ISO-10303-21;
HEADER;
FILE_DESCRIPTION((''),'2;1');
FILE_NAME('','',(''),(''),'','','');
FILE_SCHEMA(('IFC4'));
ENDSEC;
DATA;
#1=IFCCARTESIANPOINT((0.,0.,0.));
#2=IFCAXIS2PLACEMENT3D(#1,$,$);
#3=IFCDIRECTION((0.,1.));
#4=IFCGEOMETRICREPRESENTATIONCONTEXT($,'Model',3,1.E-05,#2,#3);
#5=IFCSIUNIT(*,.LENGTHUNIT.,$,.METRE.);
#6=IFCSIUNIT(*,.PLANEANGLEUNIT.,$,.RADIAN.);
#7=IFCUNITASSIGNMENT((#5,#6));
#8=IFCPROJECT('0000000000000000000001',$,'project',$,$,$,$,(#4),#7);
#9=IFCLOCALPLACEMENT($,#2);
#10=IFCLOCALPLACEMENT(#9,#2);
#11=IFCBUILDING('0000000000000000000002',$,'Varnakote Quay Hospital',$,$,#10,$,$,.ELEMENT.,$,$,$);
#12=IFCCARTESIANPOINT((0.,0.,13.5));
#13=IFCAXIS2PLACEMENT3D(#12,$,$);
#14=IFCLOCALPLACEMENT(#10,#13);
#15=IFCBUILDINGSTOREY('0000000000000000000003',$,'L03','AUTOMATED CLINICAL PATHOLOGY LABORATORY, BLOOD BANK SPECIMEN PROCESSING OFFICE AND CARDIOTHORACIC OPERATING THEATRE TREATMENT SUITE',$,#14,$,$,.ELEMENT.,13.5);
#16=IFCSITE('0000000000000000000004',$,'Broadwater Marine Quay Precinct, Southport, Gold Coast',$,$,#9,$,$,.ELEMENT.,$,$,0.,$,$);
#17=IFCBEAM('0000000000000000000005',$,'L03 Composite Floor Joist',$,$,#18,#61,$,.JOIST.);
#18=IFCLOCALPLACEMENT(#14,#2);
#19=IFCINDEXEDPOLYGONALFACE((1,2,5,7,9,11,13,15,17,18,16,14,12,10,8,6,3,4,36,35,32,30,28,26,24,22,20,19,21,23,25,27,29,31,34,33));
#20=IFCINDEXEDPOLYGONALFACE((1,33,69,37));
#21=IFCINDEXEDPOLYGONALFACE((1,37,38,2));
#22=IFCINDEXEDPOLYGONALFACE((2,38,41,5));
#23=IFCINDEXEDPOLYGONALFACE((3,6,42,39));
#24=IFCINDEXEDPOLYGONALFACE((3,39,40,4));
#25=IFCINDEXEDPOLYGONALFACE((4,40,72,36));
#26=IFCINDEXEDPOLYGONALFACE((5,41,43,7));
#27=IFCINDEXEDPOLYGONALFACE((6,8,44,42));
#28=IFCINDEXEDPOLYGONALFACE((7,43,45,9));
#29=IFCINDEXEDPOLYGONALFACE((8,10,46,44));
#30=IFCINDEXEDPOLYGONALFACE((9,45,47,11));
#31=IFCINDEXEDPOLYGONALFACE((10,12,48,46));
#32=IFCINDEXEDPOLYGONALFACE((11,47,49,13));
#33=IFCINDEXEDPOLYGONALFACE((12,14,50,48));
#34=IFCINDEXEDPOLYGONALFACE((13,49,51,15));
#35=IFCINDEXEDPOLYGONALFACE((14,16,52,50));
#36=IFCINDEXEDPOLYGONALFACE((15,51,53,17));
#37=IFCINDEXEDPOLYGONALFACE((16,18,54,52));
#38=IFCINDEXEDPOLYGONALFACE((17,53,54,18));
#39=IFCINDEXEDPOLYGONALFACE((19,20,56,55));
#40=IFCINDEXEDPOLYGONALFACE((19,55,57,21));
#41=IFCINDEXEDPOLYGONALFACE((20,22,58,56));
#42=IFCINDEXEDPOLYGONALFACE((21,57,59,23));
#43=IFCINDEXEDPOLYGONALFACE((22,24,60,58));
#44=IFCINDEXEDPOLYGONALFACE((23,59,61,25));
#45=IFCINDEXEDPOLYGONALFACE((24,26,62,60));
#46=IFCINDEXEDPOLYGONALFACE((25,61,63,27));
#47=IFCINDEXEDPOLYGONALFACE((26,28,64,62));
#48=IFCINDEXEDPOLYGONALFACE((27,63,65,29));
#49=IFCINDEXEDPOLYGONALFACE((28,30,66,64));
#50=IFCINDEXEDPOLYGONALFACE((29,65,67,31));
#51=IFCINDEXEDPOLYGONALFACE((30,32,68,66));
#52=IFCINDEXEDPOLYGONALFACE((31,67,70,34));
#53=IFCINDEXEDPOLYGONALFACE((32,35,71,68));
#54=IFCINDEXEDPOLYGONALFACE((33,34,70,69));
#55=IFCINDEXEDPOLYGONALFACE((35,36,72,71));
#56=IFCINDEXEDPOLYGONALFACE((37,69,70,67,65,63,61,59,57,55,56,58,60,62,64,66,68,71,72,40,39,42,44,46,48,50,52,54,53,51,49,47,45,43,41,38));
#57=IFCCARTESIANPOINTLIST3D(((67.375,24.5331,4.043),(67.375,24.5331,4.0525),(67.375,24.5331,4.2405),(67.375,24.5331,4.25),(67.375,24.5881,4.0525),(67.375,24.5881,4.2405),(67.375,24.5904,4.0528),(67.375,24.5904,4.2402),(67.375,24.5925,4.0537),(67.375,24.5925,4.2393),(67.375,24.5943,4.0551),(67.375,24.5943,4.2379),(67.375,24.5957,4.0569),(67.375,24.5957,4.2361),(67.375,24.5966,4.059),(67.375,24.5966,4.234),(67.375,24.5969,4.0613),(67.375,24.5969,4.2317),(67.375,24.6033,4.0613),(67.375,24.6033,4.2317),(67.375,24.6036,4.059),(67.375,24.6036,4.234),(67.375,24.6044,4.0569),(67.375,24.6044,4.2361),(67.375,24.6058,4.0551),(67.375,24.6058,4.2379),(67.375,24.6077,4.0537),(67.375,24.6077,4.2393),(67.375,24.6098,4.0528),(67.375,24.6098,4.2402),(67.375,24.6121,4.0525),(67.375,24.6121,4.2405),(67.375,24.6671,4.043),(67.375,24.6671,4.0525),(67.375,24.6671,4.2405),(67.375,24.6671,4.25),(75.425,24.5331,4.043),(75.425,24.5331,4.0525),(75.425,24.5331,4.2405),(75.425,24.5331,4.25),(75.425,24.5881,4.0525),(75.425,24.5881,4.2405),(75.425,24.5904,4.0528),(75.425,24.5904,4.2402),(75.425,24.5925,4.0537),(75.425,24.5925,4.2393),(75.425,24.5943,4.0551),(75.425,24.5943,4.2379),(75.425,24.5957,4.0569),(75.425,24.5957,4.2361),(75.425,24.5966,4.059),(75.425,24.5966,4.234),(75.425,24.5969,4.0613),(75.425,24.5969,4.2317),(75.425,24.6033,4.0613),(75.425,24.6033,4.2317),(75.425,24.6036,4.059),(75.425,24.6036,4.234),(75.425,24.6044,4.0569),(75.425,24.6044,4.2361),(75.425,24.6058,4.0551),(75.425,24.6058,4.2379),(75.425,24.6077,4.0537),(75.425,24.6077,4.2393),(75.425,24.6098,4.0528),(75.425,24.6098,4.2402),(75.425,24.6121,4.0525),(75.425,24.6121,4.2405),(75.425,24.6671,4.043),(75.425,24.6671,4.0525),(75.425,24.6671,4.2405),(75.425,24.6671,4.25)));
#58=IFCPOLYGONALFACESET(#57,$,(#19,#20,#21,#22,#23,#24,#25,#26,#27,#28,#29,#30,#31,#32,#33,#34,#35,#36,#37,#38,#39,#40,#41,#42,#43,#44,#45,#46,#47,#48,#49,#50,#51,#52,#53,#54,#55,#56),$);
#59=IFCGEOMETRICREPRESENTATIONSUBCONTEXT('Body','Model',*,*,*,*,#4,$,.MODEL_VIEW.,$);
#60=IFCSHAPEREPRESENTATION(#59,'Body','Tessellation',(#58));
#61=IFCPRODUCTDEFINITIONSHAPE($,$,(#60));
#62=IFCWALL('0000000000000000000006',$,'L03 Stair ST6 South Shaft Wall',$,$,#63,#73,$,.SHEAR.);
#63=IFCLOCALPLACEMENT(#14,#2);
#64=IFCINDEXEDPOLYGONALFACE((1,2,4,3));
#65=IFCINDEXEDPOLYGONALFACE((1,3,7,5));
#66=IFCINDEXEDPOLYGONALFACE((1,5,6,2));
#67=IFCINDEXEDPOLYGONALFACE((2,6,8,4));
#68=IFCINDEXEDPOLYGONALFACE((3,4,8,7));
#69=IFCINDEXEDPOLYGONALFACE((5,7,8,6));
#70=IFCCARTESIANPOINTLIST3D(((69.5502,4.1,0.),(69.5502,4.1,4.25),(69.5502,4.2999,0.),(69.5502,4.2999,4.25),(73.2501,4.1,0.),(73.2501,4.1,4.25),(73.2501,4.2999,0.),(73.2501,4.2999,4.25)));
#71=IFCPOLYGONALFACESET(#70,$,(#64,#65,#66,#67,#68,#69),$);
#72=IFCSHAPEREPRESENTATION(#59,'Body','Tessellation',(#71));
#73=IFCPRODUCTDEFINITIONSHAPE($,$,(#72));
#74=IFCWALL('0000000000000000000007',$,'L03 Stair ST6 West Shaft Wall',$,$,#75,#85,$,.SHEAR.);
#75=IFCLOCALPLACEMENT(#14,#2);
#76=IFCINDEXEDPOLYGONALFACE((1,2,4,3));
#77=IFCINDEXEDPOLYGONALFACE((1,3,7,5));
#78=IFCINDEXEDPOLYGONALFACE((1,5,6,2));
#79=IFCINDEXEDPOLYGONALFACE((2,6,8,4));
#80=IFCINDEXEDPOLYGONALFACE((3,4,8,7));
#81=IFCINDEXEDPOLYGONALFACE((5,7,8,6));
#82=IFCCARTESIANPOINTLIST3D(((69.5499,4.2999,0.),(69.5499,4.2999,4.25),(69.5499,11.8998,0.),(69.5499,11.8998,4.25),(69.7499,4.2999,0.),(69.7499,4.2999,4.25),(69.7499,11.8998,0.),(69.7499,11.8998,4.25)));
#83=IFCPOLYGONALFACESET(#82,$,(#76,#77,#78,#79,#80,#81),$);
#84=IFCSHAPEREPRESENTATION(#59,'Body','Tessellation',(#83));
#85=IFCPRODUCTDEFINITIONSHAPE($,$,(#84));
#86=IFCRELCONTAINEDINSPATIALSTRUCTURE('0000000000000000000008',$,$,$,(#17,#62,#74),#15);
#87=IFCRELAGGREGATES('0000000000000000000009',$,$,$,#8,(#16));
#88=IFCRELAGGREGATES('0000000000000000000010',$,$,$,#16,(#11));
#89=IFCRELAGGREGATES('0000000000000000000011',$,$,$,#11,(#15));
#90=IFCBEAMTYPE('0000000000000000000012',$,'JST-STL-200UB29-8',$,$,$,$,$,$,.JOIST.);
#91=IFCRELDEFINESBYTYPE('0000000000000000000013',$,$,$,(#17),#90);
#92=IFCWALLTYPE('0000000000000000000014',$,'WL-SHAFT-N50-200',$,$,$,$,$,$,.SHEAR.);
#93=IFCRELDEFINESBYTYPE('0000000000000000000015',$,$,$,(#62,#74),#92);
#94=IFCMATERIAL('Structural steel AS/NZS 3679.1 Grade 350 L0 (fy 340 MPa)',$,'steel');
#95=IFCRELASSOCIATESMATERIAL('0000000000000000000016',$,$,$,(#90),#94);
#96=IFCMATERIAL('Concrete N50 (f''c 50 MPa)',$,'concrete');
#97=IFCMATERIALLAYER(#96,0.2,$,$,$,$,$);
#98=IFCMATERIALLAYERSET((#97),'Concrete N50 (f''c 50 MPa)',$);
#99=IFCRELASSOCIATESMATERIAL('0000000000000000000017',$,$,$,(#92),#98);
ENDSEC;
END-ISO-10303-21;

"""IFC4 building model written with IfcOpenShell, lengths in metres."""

from ifc_helpers import new_model, si_unit, direction, frame, frame_2d, origin, origin_2d, place, context, subcontext, project, spatial, rectangle, i_section, extrude, material, layer, layer_set, material_profile, profile_set, type_object, element, save


model = new_model("IFC4")

# Units and contexts
model_context = context("Model", 3, precision=1e-05, world=origin(), true_north=direction((0.0, 1.0)))
body_context = subcontext(model_context, "Body", "Model", "MODEL_VIEW")
ifc_project = project(units=[si_unit("LENGTHUNIT", "METRE"), si_unit("PLANEANGLEUNIT", "RADIAN")], contexts=[model_context])

# Site, building, storey
site_placement = place(None, origin())
site = spatial("IfcSite", under=ifc_project, at=site_placement, Name="Broadwater Marine Quay Precinct, Southport, Gold Coast", CompositionType="ELEMENT", RefElevation=0.0)
building_placement = place(site_placement, origin())
building = spatial("IfcBuilding", under=site, at=building_placement, Name="Varnakote Quay Hospital", CompositionType="ELEMENT")
storey_placement = place(building_placement, frame((0.0, 0.0, 13.5)))
storey = spatial("IfcBuildingStorey", under=building, at=storey_placement, Name="L03", Description="AUTOMATED CLINICAL PATHOLOGY LABORATORY, BLOOD BANK SPECIMEN PROCESSING OFFICE AND CARDIOTHORACIC OPERATING THEATRE TREATMENT SUITE", CompositionType="ELEMENT", Elevation=13.5)

# Beam
ifc_material_1 = material(Name="Structural steel AS/NZS 3679.1 Grade 350 L0 (fy 340 MPa)", Category="steel")
ifc_material_profile_1 = material_profile(ifc_material_1, i_section(OverallWidth=0.134, OverallDepth=0.207, WebThickness=0.0063, FlangeThickness=0.0095, FilletRadius=0.0088, at=origin_2d()), Name="200UB29.8")
ifc_profile_set_1 = profile_set([ifc_material_profile_1], Name="Structural steel AS/NZS 3679.1 Grade 350 L0 (fy 340 MPa)")
beam_type_1 = type_object("IfcBeamType", Name="JST-STL-200UB29-8", PredefinedType="JOIST", material=ifc_profile_set_1)
beam_1_placement = place(storey_placement, frame((67.375, 24.6001, 4.1465), z_axis=(1.0, 0.0, 0.0), x_axis=(0.0, 1.0, 0.0)))
element("IfcBeam", 1, at=beam_1_placement, inside=storey, type_object=beam_type_1, Name="L03 Composite Floor Joist", PredefinedType="JOIST", context=body_context, shape_type="SweptSolid", body=[
    extrude(i_section(OverallWidth=0.134, OverallDepth=0.207, WebThickness=0.0063, FlangeThickness=0.0095, FilletRadius=0.0088, at=origin_2d()), origin(), (0.0, 0.0, 1.0), 8.05),
])

# Walls
ifc_material_2 = material(Name="Concrete N50 (f'c 50 MPa)", Category="concrete")
ifc_layer = layer(ifc_material_2, 0.2)
ifc_layer_set = layer_set([ifc_layer], Name="Concrete N50 (f'c 50 MPa)")
wall_type = type_object("IfcWallType", Name="WL-SHAFT-N50-200", PredefinedType="SHEAR", material=ifc_layer_set)
wall_1_placement = place(storey_placement, frame((69.55, 4.2, 0.0), z_axis=(0.0, 0.0, 1.0), x_axis=(1.0, 0.0, 0.0)))
element("IfcWall", 2, at=wall_1_placement, inside=storey, type_object=wall_type, Name="L03 Stair ST6 South Shaft Wall", PredefinedType="SHEAR", context=body_context, shape_type="SweptSolid", body=[
    extrude(rectangle(XDim=3.7, YDim=0.2, at=frame_2d((1.8501, 0.0))), origin(), (0.0, 0.0, 1.0), 4.25),
])
wall_2_placement = place(storey_placement, frame((69.6499, 4.3, 0.0), z_axis=(0.0, 0.0, 1.0), x_axis=(0.0, 1.0, 0.0)))
element("IfcWall", 3, at=wall_2_placement, inside=storey, type_object=wall_type, Name="L03 Stair ST6 West Shaft Wall", PredefinedType="SHEAR", context=body_context, shape_type="SweptSolid", body=[
    extrude(rectangle(XDim=7.5999, YDim=0.2, at=frame_2d((3.7998, 0.0))), origin(), (0.0, 0.0, 1.0), 4.25),
])

save(model, "model.ifc")
